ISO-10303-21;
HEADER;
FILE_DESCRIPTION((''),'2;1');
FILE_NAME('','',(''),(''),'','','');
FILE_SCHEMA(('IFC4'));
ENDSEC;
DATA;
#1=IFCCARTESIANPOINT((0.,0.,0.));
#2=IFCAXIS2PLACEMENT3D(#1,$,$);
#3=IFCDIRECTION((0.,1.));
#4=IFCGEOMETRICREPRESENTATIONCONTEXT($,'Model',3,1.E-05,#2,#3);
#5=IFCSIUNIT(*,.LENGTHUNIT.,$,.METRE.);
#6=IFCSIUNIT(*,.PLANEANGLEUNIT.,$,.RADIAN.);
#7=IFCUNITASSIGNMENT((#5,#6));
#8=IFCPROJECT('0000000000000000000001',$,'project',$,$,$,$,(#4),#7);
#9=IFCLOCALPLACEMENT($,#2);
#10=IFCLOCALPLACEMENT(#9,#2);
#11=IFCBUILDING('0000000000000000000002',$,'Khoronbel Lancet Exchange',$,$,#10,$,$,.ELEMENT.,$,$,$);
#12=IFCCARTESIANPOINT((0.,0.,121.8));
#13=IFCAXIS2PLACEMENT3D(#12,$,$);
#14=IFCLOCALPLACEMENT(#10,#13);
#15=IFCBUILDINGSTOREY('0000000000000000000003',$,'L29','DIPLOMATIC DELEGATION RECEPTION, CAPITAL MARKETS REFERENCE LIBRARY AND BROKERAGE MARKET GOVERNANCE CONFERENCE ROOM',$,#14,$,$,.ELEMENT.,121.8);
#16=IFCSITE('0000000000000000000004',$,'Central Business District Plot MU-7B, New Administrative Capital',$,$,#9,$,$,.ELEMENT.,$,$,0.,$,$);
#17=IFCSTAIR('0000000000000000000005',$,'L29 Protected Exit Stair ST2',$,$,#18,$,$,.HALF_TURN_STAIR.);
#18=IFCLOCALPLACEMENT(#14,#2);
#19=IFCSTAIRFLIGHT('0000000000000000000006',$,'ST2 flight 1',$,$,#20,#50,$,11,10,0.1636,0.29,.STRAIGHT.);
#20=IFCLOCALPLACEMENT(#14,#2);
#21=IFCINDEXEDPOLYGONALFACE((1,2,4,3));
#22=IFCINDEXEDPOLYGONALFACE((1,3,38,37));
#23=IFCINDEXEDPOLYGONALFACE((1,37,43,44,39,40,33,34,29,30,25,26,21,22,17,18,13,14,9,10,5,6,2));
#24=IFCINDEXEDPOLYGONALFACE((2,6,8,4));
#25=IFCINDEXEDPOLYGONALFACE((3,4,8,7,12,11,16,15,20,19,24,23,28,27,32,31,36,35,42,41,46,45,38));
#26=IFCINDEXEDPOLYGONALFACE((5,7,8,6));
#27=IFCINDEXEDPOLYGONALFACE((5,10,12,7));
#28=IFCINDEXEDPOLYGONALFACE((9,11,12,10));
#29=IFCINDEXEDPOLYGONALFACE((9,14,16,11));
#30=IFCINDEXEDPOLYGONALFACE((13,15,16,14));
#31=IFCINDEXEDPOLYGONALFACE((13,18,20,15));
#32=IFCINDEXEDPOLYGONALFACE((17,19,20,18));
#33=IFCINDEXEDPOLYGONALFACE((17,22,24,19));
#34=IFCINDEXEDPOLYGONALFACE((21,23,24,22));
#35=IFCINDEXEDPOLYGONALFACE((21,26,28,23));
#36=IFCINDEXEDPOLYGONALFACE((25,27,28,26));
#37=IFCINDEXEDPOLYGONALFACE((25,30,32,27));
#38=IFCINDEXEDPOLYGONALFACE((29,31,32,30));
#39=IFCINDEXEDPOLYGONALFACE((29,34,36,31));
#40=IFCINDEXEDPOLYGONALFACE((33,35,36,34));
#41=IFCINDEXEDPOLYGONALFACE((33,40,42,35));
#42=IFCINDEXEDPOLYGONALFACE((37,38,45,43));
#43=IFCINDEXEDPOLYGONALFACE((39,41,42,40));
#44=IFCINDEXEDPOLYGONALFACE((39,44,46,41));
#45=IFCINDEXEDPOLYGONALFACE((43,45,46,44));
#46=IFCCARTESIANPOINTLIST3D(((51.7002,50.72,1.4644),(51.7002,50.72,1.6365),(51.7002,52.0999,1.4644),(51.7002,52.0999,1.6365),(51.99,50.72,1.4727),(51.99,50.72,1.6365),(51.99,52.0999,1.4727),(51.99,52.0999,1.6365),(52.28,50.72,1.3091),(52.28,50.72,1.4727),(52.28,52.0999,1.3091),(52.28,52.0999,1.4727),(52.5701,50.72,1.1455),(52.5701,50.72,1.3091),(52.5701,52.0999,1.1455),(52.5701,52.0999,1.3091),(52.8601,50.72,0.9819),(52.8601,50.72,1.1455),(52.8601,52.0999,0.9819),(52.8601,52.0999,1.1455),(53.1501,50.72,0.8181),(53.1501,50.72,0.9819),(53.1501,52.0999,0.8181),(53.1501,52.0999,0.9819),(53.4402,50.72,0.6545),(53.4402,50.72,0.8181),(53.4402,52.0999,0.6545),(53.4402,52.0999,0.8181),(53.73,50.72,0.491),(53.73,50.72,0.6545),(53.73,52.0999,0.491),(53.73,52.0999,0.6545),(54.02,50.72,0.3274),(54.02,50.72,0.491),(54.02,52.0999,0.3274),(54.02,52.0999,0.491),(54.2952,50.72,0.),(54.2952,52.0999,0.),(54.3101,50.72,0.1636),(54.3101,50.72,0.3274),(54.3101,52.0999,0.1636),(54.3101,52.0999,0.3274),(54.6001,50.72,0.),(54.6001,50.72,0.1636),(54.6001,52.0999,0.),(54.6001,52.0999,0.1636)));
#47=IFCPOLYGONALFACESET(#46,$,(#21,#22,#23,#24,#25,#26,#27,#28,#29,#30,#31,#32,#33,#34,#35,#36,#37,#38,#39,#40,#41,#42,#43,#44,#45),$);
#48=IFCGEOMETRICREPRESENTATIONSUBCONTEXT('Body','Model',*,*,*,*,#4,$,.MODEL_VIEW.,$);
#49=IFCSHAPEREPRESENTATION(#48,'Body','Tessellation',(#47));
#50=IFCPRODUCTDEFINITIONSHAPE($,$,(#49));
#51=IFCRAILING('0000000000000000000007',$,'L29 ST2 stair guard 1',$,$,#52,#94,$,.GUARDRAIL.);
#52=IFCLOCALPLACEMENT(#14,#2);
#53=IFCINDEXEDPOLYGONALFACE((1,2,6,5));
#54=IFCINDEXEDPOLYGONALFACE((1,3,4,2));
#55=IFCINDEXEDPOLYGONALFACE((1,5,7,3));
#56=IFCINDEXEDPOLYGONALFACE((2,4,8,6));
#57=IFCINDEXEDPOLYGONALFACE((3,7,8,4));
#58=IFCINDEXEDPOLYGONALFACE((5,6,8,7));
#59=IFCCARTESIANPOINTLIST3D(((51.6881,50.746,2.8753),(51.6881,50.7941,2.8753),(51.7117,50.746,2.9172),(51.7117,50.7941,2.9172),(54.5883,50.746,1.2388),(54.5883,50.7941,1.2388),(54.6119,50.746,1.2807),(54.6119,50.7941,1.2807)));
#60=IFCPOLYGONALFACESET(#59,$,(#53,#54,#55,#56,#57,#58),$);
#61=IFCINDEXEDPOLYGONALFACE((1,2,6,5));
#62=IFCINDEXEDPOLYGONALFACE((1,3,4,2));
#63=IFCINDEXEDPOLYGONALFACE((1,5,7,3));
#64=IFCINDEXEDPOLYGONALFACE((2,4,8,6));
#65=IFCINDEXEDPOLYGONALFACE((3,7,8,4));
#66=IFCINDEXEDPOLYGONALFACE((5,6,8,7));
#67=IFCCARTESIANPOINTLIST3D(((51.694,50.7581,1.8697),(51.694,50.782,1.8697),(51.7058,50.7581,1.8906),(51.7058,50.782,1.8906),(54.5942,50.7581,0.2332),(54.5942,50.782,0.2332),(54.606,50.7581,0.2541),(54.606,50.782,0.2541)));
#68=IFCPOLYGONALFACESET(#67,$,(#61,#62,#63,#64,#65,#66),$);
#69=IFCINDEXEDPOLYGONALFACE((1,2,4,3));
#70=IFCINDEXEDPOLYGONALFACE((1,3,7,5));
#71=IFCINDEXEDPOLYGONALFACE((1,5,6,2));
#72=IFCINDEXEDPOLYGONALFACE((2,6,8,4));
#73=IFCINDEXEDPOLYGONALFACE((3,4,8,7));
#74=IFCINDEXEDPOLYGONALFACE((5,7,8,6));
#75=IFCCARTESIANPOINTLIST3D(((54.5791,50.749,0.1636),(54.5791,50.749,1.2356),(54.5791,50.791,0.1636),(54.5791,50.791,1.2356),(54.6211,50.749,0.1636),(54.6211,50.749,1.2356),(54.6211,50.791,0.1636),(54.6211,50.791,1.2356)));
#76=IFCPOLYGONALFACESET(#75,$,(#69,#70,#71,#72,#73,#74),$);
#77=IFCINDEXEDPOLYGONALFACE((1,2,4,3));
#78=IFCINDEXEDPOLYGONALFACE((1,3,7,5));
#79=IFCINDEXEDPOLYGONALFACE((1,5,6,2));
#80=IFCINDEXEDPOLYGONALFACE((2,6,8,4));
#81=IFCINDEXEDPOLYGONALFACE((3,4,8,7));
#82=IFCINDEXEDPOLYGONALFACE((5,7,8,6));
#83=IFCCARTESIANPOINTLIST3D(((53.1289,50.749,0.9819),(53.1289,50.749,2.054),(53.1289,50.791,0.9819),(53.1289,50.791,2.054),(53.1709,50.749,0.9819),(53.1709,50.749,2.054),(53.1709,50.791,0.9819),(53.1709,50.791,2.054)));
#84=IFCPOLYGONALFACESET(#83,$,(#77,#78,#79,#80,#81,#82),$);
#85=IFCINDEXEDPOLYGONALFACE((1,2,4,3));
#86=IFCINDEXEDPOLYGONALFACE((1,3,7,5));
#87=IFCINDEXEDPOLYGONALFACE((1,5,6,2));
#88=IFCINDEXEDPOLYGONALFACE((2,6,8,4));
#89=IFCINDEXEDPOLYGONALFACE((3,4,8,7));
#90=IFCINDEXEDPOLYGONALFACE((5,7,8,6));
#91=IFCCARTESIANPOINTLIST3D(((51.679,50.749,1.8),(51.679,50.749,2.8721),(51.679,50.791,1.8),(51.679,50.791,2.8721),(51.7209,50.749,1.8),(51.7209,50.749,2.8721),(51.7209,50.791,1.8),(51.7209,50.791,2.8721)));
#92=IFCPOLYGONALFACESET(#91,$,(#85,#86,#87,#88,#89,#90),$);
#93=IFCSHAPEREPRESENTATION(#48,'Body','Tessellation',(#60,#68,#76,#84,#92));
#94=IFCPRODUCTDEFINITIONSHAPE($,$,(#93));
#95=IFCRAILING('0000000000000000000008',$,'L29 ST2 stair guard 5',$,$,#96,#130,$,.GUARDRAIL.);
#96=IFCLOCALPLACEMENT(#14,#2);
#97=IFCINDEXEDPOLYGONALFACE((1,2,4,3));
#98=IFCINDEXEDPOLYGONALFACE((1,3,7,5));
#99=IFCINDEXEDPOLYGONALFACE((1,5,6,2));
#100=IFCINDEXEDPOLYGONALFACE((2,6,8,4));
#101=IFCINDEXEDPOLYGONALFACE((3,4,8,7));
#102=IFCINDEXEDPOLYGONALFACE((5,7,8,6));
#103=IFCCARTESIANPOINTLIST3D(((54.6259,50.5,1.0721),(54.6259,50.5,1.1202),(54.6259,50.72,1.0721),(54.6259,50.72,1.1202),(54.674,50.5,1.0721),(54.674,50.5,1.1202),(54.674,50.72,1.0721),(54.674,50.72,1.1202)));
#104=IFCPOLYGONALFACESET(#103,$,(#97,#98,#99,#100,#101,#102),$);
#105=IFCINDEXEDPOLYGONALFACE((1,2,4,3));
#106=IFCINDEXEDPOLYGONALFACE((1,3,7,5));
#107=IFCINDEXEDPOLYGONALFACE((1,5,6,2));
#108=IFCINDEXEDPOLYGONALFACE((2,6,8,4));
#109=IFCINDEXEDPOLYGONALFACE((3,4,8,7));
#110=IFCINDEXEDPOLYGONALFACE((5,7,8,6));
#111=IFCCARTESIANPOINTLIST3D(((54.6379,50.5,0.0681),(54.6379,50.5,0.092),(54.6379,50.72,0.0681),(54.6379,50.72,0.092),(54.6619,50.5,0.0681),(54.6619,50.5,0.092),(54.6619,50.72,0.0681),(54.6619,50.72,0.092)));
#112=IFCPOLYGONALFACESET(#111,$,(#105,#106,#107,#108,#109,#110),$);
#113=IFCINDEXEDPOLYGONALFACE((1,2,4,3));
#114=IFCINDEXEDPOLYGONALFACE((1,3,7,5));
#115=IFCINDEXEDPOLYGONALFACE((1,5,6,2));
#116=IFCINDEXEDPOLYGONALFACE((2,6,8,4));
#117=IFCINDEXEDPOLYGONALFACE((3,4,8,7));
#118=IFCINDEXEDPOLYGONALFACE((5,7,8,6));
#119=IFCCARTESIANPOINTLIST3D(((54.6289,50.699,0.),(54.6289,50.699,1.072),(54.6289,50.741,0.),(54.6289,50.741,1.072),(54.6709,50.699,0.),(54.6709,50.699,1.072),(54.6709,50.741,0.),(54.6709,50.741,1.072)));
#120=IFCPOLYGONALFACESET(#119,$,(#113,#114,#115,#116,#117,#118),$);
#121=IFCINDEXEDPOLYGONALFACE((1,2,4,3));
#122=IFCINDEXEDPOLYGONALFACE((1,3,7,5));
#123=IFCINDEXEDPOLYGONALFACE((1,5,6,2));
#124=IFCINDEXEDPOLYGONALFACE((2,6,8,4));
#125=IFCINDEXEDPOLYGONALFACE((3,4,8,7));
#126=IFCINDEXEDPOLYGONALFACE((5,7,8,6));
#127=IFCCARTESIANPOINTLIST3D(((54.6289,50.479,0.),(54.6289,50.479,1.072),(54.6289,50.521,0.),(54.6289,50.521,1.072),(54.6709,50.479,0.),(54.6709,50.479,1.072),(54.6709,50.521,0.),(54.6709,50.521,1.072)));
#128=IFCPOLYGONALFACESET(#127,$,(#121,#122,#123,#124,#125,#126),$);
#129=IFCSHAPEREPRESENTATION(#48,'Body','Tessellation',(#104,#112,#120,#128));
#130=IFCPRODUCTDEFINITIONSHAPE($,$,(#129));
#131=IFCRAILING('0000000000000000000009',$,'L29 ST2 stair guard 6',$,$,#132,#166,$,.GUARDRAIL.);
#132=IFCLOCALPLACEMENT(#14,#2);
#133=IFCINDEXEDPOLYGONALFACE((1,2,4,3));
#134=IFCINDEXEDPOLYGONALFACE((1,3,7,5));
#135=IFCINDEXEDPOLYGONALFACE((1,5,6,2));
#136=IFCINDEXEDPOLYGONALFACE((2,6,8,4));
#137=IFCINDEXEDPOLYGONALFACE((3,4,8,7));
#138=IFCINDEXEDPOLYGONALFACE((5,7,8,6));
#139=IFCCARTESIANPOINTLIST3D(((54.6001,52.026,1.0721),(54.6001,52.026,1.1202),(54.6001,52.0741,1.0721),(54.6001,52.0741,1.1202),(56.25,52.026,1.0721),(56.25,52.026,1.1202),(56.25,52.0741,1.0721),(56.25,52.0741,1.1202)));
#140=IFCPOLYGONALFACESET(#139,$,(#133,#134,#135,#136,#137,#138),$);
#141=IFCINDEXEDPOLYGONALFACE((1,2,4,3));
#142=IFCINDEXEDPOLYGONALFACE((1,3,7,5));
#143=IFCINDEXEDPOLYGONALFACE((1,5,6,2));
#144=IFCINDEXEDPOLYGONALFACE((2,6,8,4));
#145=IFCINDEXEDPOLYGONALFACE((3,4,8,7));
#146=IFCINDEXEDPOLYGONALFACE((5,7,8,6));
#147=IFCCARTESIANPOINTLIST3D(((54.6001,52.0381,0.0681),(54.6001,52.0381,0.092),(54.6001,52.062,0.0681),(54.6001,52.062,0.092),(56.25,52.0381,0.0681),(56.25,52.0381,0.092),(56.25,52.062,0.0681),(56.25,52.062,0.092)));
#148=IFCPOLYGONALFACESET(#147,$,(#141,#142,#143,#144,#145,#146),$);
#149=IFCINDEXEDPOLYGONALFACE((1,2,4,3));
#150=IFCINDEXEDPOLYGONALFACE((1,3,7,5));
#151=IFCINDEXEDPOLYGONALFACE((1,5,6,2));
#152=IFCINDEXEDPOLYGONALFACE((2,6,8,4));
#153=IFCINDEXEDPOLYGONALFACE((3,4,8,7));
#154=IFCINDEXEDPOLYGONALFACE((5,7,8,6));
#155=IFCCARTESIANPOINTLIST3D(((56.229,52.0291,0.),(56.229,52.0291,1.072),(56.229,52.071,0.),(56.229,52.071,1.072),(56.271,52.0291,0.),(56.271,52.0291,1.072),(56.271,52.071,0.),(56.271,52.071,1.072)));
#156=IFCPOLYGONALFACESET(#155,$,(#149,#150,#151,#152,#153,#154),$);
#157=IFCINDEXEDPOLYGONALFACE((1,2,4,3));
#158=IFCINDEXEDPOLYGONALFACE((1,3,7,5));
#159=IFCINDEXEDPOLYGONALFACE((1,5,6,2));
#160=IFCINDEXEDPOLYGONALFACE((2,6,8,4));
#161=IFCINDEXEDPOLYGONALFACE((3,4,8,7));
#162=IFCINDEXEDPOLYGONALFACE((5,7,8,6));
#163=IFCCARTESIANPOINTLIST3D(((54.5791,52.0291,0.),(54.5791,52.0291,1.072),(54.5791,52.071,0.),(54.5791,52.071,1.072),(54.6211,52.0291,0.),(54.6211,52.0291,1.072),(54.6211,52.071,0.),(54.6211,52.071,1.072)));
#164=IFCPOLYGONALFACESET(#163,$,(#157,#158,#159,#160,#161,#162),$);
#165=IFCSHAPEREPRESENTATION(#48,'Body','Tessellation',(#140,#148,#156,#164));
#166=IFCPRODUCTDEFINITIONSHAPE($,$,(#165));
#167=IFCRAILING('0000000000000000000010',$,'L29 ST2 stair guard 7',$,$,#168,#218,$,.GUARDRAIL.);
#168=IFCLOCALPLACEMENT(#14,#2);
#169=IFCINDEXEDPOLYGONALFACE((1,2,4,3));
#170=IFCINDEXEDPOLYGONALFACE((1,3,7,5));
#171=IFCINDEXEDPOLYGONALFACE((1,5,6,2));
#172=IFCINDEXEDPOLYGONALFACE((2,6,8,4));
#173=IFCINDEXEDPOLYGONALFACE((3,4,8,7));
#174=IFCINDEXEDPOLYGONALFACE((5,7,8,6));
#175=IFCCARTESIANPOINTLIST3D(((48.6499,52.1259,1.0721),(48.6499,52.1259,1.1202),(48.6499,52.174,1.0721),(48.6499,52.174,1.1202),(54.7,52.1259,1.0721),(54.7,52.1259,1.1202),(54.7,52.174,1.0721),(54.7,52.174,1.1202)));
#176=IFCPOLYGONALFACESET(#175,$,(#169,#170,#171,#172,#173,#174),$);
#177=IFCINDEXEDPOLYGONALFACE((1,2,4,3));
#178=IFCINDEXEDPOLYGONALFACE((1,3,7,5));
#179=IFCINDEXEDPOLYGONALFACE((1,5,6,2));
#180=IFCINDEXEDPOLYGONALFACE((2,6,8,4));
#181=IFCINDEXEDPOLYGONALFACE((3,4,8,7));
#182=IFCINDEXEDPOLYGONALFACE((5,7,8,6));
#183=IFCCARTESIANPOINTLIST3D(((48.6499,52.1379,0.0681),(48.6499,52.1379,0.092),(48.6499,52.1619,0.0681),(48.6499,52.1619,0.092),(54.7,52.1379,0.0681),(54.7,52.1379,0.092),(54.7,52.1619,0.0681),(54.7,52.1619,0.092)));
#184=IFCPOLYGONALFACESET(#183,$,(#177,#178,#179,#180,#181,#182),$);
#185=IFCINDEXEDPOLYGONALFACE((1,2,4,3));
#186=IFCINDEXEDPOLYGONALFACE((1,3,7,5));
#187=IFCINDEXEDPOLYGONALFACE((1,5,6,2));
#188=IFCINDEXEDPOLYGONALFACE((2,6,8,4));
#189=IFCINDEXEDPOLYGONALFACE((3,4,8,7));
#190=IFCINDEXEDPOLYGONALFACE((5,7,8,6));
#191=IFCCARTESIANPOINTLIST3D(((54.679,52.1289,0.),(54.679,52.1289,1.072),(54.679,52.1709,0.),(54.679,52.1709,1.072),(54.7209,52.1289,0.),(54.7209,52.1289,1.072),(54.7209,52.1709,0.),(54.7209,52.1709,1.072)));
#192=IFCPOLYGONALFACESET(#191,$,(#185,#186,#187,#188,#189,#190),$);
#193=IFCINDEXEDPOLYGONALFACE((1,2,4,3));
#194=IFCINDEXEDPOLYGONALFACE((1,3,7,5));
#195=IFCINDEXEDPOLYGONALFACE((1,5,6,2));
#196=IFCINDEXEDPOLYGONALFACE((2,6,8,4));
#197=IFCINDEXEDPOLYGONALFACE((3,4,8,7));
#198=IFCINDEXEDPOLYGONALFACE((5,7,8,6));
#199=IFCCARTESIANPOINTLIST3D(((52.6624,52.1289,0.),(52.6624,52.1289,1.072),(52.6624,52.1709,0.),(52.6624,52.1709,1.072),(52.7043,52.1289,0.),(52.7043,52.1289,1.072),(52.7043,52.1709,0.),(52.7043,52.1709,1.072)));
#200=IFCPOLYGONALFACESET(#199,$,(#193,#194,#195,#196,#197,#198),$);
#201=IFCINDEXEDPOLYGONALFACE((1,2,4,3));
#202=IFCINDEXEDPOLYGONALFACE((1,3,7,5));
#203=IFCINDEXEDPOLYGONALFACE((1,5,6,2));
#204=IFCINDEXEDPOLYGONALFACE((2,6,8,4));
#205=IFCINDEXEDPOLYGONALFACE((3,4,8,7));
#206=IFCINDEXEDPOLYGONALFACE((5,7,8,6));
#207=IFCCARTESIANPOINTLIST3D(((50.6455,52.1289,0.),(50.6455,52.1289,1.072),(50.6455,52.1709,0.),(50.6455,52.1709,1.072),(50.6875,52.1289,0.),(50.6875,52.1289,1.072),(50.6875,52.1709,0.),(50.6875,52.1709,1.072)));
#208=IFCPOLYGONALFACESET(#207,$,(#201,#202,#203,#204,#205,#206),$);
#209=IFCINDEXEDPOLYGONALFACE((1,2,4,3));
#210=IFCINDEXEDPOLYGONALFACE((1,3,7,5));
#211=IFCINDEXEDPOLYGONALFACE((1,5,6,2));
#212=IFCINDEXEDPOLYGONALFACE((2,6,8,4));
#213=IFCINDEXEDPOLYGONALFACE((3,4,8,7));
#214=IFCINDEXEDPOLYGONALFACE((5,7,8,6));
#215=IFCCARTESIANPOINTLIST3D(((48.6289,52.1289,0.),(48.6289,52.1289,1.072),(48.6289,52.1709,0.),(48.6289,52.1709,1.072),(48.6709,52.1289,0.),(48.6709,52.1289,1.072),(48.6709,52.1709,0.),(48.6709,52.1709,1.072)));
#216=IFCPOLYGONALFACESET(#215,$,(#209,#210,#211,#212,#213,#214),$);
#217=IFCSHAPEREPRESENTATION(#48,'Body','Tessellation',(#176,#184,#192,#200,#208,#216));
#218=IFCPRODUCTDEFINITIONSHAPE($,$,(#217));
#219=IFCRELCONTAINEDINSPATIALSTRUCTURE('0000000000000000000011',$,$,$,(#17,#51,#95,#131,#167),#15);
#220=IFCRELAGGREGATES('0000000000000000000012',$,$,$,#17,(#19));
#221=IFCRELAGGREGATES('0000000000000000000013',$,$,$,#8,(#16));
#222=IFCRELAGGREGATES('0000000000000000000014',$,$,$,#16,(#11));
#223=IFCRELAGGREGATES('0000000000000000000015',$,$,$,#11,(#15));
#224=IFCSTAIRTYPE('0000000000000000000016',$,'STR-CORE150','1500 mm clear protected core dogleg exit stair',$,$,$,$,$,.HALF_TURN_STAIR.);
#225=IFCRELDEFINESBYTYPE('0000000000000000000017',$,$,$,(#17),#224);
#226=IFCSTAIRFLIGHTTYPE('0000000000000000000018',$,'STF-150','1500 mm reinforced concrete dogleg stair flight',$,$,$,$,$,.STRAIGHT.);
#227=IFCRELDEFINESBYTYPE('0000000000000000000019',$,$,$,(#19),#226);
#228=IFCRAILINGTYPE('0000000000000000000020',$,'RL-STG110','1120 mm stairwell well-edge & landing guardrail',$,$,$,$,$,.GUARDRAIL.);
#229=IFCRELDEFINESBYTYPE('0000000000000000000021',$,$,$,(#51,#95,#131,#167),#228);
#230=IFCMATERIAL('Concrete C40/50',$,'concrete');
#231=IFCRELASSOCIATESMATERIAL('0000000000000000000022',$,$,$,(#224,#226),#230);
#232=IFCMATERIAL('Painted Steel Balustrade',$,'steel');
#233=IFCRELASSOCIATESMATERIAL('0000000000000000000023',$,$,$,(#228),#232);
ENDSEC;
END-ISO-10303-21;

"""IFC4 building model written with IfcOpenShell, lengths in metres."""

from ifc_helpers import new_model, si_unit, direction, frame, origin, origin_2d, place, context, subcontext, project, spatial, polyline, rectangle, outline, extrude, material, type_object, element, aggregate, save


model = new_model("IFC4")

# Units and contexts
model_context = context("Model", 3, precision=1e-05, world=origin(), true_north=direction((0.0, 1.0)))
body_context = subcontext(model_context, "Body", "Model", "MODEL_VIEW")
ifc_project = project(units=[si_unit("LENGTHUNIT", "METRE"), si_unit("PLANEANGLEUNIT", "RADIAN")], contexts=[model_context])

# Site, building, storey
site_placement = place(None, origin())
site = spatial("IfcSite", under=ifc_project, at=site_placement, Name="Central Business District Plot MU-7B, New Administrative Capital", CompositionType="ELEMENT", RefElevation=0.0)
building_placement = place(site_placement, origin())
building = spatial("IfcBuilding", under=site, at=building_placement, Name="Khoronbel Lancet Exchange", CompositionType="ELEMENT")
storey_placement = place(building_placement, frame((0.0, 0.0, 121.8)))
storey = spatial("IfcBuildingStorey", under=building, at=storey_placement, Name="L29", Description="DIPLOMATIC DELEGATION RECEPTION, CAPITAL MARKETS REFERENCE LIBRARY AND BROKERAGE MARKET GOVERNANCE CONFERENCE ROOM", CompositionType="ELEMENT", Elevation=121.8)

# Stair, stair flight
ifc_material_1 = material(Name="Concrete C40/50", Category="concrete")
stair_type = type_object("IfcStairType", Name="STR-CORE150", Description="1500 mm clear protected core dogleg exit stair", PredefinedType="HALF_TURN_STAIR", material=ifc_material_1)
stair_placement = place(storey_placement, origin())
stair = element("IfcStair", 1, at=stair_placement, inside=storey, type_object=stair_type, Name="L29 Protected Exit Stair ST2", PredefinedType="HALF_TURN_STAIR")
stair_flight_type = type_object("IfcStairFlightType", Name="STF-150", Description="1500 mm reinforced concrete dogleg stair flight", PredefinedType="STRAIGHT", material=ifc_material_1)
stair_flight_placement = place(storey_placement, frame((54.6001, 51.4099, 0.0), z_axis=(0.0, 0.0, 1.0), x_axis=(-1.0, 0.0, 0.0)))
stair_flight = element("IfcStairFlight", 2, at=stair_flight_placement, type_object=stair_flight_type, Name="ST2 flight 1", NumberOfRisers=11, NumberOfTreads=10, PredefinedType="STRAIGHT", RiserHeight=0.1636, TreadLength=0.29, context=body_context, shape_type="SweptSolid", body=[
    extrude(outline(polyline([(0.0, 0.0), (0.0, 0.1636), (0.29, 0.1636), (0.29, 0.3274), (0.5801, 0.3274), (0.5801, 0.491), (0.8701, 0.491), (0.8701, 0.6545), (1.1599, 0.6545), (1.1599, 0.8181), (1.45, 0.8181), (1.45, 0.9819), (1.74, 0.9819), (1.74, 1.1455), (2.03, 1.1455), (2.03, 1.3091), (2.3201, 1.3091), (2.3201, 1.4727), (2.6101, 1.4727), (2.6101, 1.6365), (2.8999, 1.6365), (2.8999, 1.8), (2.8999, 1.4644), (0.3049, 0.0), (0.0, 0.0)])), frame((0.0, 0.6899, 0.0), z_axis=(0.0, -1.0, 0.0), x_axis=(1.0, 0.0, 0.0)), (0.0, 0.0, 1.0), 1.3799),
])
aggregate(stair, [stair_flight])

# Railings
ifc_material_2 = material(Name="Painted Steel Balustrade", Category="steel")
railing_type_1 = type_object("IfcRailingType", Name="RL-STG110", Description="1120 mm stairwell well-edge & landing guardrail", PredefinedType="GUARDRAIL", material=ifc_material_2)
railing_1_placement = place(storey_placement, frame((54.6001, 50.77, 0.1636)))
element("IfcRailing", 3, at=railing_1_placement, inside=storey, type_object=railing_type_1, Name="L29 ST2 stair guard 1", PredefinedType="GUARDRAIL", context=body_context, shape_type="SweptSolid", body=[
    extrude(rectangle(XDim=0.0481, YDim=0.0481, at=origin_2d()), frame((0.0, 0.0, 1.0962), z_axis=(-0.870915, 0.0, 0.491434), x_axis=(0.0, -1.0, 0.0)), (0.0, 0.0, 1.0), 3.3301),
    extrude(rectangle(XDim=0.0239, YDim=0.0239, at=origin_2d()), frame((0.0, 0.0, 0.0801), z_axis=(-0.870915, 0.0, 0.491434), x_axis=(0.0, -1.0, 0.0)), (0.0, 0.0, 1.0), 3.3301),
    extrude(rectangle(XDim=0.042, YDim=0.042, at=origin_2d()), origin(), (0.0, 0.0, 1.0), 1.072),
    extrude(rectangle(XDim=0.042, YDim=0.042, at=origin_2d()), frame((-1.4502, 0.0, 0.8184)), (0.0, 0.0, 1.0), 1.072),
    extrude(rectangle(XDim=0.042, YDim=0.042, at=origin_2d()), frame((-2.9001, 0.0, 1.6365)), (0.0, 0.0, 1.0), 1.072),
])
railing_2_placement = place(storey_placement, frame((54.6499, 50.72, 0.0)))
element("IfcRailing", 4, at=railing_2_placement, inside=storey, type_object=railing_type_1, Name="L29 ST2 stair guard 5", PredefinedType="GUARDRAIL", context=body_context, shape_type="SweptSolid", body=[
    extrude(rectangle(XDim=0.0481, YDim=0.0481, at=origin_2d()), frame((0.0, 0.0, 1.0962), z_axis=(0.0, -1.0, 0.0), x_axis=(1.0, 0.0, 0.0)), (0.0, 0.0, 1.0), 0.22),
    extrude(rectangle(XDim=0.0239, YDim=0.0239, at=origin_2d()), frame((0.0, 0.0, 0.0801), z_axis=(0.0, -1.0, 0.0), x_axis=(1.0, 0.0, 0.0)), (0.0, 0.0, 1.0), 0.22),
    extrude(rectangle(XDim=0.042, YDim=0.042, at=origin_2d()), origin(), (0.0, 0.0, 1.0), 1.072),
    extrude(rectangle(XDim=0.042, YDim=0.042, at=origin_2d()), frame((0.0, -0.22, 0.0)), (0.0, 0.0, 1.0), 1.072),
])
railing_3_placement = place(storey_placement, frame((56.25, 52.05, 0.0)))
element("IfcRailing", 5, at=railing_3_placement, inside=storey, type_object=railing_type_1, Name="L29 ST2 stair guard 6", PredefinedType="GUARDRAIL", context=body_context, shape_type="SweptSolid", body=[
    extrude(rectangle(XDim=0.0481, YDim=0.0481, at=origin_2d()), frame((0.0, 0.0, 1.0962), z_axis=(-1.0, 0.0, 0.0), x_axis=(0.0, -1.0, 0.0)), (0.0, 0.0, 1.0), 1.6499),
    extrude(rectangle(XDim=0.0239, YDim=0.0239, at=origin_2d()), frame((0.0, 0.0, 0.0801), z_axis=(-1.0, 0.0, 0.0), x_axis=(0.0, -1.0, 0.0)), (0.0, 0.0, 1.0), 1.6499),
    extrude(rectangle(XDim=0.042, YDim=0.042, at=origin_2d()), origin(), (0.0, 0.0, 1.0), 1.072),
    extrude(rectangle(XDim=0.042, YDim=0.042, at=origin_2d()), frame((-1.6499, 0.0, 0.0)), (0.0, 0.0, 1.0), 1.072),
])
railing_4_placement = place(storey_placement, frame((54.7, 52.1499, 0.0)))
element("IfcRailing", 6, at=railing_4_placement, inside=storey, type_object=railing_type_1, Name="L29 ST2 stair guard 7", PredefinedType="GUARDRAIL", context=body_context, shape_type="SweptSolid", body=[
    extrude(rectangle(XDim=0.0481, YDim=0.0481, at=origin_2d()), frame((0.0, 0.0, 1.0962), z_axis=(-1.0, 0.0, 0.0), x_axis=(0.0, -1.0, 0.0)), (0.0, 0.0, 1.0), 6.05),
    extrude(rectangle(XDim=0.0239, YDim=0.0239, at=origin_2d()), frame((0.0, 0.0, 0.0801), z_axis=(-1.0, 0.0, 0.0), x_axis=(0.0, -1.0, 0.0)), (0.0, 0.0, 1.0), 6.05),
    extrude(rectangle(XDim=0.042, YDim=0.042, at=origin_2d()), origin(), (0.0, 0.0, 1.0), 1.072),
    extrude(rectangle(XDim=0.042, YDim=0.042, at=origin_2d()), frame((-2.0166, 0.0, 0.0)), (0.0, 0.0, 1.0), 1.072),
    extrude(rectangle(XDim=0.042, YDim=0.042, at=origin_2d()), frame((-4.0334, 0.0, 0.0)), (0.0, 0.0, 1.0), 1.072),
    extrude(rectangle(XDim=0.042, YDim=0.042, at=origin_2d()), frame((-6.05, 0.0, 0.0)), (0.0, 0.0, 1.0), 1.072),
])

save(model, "model.ifc")
